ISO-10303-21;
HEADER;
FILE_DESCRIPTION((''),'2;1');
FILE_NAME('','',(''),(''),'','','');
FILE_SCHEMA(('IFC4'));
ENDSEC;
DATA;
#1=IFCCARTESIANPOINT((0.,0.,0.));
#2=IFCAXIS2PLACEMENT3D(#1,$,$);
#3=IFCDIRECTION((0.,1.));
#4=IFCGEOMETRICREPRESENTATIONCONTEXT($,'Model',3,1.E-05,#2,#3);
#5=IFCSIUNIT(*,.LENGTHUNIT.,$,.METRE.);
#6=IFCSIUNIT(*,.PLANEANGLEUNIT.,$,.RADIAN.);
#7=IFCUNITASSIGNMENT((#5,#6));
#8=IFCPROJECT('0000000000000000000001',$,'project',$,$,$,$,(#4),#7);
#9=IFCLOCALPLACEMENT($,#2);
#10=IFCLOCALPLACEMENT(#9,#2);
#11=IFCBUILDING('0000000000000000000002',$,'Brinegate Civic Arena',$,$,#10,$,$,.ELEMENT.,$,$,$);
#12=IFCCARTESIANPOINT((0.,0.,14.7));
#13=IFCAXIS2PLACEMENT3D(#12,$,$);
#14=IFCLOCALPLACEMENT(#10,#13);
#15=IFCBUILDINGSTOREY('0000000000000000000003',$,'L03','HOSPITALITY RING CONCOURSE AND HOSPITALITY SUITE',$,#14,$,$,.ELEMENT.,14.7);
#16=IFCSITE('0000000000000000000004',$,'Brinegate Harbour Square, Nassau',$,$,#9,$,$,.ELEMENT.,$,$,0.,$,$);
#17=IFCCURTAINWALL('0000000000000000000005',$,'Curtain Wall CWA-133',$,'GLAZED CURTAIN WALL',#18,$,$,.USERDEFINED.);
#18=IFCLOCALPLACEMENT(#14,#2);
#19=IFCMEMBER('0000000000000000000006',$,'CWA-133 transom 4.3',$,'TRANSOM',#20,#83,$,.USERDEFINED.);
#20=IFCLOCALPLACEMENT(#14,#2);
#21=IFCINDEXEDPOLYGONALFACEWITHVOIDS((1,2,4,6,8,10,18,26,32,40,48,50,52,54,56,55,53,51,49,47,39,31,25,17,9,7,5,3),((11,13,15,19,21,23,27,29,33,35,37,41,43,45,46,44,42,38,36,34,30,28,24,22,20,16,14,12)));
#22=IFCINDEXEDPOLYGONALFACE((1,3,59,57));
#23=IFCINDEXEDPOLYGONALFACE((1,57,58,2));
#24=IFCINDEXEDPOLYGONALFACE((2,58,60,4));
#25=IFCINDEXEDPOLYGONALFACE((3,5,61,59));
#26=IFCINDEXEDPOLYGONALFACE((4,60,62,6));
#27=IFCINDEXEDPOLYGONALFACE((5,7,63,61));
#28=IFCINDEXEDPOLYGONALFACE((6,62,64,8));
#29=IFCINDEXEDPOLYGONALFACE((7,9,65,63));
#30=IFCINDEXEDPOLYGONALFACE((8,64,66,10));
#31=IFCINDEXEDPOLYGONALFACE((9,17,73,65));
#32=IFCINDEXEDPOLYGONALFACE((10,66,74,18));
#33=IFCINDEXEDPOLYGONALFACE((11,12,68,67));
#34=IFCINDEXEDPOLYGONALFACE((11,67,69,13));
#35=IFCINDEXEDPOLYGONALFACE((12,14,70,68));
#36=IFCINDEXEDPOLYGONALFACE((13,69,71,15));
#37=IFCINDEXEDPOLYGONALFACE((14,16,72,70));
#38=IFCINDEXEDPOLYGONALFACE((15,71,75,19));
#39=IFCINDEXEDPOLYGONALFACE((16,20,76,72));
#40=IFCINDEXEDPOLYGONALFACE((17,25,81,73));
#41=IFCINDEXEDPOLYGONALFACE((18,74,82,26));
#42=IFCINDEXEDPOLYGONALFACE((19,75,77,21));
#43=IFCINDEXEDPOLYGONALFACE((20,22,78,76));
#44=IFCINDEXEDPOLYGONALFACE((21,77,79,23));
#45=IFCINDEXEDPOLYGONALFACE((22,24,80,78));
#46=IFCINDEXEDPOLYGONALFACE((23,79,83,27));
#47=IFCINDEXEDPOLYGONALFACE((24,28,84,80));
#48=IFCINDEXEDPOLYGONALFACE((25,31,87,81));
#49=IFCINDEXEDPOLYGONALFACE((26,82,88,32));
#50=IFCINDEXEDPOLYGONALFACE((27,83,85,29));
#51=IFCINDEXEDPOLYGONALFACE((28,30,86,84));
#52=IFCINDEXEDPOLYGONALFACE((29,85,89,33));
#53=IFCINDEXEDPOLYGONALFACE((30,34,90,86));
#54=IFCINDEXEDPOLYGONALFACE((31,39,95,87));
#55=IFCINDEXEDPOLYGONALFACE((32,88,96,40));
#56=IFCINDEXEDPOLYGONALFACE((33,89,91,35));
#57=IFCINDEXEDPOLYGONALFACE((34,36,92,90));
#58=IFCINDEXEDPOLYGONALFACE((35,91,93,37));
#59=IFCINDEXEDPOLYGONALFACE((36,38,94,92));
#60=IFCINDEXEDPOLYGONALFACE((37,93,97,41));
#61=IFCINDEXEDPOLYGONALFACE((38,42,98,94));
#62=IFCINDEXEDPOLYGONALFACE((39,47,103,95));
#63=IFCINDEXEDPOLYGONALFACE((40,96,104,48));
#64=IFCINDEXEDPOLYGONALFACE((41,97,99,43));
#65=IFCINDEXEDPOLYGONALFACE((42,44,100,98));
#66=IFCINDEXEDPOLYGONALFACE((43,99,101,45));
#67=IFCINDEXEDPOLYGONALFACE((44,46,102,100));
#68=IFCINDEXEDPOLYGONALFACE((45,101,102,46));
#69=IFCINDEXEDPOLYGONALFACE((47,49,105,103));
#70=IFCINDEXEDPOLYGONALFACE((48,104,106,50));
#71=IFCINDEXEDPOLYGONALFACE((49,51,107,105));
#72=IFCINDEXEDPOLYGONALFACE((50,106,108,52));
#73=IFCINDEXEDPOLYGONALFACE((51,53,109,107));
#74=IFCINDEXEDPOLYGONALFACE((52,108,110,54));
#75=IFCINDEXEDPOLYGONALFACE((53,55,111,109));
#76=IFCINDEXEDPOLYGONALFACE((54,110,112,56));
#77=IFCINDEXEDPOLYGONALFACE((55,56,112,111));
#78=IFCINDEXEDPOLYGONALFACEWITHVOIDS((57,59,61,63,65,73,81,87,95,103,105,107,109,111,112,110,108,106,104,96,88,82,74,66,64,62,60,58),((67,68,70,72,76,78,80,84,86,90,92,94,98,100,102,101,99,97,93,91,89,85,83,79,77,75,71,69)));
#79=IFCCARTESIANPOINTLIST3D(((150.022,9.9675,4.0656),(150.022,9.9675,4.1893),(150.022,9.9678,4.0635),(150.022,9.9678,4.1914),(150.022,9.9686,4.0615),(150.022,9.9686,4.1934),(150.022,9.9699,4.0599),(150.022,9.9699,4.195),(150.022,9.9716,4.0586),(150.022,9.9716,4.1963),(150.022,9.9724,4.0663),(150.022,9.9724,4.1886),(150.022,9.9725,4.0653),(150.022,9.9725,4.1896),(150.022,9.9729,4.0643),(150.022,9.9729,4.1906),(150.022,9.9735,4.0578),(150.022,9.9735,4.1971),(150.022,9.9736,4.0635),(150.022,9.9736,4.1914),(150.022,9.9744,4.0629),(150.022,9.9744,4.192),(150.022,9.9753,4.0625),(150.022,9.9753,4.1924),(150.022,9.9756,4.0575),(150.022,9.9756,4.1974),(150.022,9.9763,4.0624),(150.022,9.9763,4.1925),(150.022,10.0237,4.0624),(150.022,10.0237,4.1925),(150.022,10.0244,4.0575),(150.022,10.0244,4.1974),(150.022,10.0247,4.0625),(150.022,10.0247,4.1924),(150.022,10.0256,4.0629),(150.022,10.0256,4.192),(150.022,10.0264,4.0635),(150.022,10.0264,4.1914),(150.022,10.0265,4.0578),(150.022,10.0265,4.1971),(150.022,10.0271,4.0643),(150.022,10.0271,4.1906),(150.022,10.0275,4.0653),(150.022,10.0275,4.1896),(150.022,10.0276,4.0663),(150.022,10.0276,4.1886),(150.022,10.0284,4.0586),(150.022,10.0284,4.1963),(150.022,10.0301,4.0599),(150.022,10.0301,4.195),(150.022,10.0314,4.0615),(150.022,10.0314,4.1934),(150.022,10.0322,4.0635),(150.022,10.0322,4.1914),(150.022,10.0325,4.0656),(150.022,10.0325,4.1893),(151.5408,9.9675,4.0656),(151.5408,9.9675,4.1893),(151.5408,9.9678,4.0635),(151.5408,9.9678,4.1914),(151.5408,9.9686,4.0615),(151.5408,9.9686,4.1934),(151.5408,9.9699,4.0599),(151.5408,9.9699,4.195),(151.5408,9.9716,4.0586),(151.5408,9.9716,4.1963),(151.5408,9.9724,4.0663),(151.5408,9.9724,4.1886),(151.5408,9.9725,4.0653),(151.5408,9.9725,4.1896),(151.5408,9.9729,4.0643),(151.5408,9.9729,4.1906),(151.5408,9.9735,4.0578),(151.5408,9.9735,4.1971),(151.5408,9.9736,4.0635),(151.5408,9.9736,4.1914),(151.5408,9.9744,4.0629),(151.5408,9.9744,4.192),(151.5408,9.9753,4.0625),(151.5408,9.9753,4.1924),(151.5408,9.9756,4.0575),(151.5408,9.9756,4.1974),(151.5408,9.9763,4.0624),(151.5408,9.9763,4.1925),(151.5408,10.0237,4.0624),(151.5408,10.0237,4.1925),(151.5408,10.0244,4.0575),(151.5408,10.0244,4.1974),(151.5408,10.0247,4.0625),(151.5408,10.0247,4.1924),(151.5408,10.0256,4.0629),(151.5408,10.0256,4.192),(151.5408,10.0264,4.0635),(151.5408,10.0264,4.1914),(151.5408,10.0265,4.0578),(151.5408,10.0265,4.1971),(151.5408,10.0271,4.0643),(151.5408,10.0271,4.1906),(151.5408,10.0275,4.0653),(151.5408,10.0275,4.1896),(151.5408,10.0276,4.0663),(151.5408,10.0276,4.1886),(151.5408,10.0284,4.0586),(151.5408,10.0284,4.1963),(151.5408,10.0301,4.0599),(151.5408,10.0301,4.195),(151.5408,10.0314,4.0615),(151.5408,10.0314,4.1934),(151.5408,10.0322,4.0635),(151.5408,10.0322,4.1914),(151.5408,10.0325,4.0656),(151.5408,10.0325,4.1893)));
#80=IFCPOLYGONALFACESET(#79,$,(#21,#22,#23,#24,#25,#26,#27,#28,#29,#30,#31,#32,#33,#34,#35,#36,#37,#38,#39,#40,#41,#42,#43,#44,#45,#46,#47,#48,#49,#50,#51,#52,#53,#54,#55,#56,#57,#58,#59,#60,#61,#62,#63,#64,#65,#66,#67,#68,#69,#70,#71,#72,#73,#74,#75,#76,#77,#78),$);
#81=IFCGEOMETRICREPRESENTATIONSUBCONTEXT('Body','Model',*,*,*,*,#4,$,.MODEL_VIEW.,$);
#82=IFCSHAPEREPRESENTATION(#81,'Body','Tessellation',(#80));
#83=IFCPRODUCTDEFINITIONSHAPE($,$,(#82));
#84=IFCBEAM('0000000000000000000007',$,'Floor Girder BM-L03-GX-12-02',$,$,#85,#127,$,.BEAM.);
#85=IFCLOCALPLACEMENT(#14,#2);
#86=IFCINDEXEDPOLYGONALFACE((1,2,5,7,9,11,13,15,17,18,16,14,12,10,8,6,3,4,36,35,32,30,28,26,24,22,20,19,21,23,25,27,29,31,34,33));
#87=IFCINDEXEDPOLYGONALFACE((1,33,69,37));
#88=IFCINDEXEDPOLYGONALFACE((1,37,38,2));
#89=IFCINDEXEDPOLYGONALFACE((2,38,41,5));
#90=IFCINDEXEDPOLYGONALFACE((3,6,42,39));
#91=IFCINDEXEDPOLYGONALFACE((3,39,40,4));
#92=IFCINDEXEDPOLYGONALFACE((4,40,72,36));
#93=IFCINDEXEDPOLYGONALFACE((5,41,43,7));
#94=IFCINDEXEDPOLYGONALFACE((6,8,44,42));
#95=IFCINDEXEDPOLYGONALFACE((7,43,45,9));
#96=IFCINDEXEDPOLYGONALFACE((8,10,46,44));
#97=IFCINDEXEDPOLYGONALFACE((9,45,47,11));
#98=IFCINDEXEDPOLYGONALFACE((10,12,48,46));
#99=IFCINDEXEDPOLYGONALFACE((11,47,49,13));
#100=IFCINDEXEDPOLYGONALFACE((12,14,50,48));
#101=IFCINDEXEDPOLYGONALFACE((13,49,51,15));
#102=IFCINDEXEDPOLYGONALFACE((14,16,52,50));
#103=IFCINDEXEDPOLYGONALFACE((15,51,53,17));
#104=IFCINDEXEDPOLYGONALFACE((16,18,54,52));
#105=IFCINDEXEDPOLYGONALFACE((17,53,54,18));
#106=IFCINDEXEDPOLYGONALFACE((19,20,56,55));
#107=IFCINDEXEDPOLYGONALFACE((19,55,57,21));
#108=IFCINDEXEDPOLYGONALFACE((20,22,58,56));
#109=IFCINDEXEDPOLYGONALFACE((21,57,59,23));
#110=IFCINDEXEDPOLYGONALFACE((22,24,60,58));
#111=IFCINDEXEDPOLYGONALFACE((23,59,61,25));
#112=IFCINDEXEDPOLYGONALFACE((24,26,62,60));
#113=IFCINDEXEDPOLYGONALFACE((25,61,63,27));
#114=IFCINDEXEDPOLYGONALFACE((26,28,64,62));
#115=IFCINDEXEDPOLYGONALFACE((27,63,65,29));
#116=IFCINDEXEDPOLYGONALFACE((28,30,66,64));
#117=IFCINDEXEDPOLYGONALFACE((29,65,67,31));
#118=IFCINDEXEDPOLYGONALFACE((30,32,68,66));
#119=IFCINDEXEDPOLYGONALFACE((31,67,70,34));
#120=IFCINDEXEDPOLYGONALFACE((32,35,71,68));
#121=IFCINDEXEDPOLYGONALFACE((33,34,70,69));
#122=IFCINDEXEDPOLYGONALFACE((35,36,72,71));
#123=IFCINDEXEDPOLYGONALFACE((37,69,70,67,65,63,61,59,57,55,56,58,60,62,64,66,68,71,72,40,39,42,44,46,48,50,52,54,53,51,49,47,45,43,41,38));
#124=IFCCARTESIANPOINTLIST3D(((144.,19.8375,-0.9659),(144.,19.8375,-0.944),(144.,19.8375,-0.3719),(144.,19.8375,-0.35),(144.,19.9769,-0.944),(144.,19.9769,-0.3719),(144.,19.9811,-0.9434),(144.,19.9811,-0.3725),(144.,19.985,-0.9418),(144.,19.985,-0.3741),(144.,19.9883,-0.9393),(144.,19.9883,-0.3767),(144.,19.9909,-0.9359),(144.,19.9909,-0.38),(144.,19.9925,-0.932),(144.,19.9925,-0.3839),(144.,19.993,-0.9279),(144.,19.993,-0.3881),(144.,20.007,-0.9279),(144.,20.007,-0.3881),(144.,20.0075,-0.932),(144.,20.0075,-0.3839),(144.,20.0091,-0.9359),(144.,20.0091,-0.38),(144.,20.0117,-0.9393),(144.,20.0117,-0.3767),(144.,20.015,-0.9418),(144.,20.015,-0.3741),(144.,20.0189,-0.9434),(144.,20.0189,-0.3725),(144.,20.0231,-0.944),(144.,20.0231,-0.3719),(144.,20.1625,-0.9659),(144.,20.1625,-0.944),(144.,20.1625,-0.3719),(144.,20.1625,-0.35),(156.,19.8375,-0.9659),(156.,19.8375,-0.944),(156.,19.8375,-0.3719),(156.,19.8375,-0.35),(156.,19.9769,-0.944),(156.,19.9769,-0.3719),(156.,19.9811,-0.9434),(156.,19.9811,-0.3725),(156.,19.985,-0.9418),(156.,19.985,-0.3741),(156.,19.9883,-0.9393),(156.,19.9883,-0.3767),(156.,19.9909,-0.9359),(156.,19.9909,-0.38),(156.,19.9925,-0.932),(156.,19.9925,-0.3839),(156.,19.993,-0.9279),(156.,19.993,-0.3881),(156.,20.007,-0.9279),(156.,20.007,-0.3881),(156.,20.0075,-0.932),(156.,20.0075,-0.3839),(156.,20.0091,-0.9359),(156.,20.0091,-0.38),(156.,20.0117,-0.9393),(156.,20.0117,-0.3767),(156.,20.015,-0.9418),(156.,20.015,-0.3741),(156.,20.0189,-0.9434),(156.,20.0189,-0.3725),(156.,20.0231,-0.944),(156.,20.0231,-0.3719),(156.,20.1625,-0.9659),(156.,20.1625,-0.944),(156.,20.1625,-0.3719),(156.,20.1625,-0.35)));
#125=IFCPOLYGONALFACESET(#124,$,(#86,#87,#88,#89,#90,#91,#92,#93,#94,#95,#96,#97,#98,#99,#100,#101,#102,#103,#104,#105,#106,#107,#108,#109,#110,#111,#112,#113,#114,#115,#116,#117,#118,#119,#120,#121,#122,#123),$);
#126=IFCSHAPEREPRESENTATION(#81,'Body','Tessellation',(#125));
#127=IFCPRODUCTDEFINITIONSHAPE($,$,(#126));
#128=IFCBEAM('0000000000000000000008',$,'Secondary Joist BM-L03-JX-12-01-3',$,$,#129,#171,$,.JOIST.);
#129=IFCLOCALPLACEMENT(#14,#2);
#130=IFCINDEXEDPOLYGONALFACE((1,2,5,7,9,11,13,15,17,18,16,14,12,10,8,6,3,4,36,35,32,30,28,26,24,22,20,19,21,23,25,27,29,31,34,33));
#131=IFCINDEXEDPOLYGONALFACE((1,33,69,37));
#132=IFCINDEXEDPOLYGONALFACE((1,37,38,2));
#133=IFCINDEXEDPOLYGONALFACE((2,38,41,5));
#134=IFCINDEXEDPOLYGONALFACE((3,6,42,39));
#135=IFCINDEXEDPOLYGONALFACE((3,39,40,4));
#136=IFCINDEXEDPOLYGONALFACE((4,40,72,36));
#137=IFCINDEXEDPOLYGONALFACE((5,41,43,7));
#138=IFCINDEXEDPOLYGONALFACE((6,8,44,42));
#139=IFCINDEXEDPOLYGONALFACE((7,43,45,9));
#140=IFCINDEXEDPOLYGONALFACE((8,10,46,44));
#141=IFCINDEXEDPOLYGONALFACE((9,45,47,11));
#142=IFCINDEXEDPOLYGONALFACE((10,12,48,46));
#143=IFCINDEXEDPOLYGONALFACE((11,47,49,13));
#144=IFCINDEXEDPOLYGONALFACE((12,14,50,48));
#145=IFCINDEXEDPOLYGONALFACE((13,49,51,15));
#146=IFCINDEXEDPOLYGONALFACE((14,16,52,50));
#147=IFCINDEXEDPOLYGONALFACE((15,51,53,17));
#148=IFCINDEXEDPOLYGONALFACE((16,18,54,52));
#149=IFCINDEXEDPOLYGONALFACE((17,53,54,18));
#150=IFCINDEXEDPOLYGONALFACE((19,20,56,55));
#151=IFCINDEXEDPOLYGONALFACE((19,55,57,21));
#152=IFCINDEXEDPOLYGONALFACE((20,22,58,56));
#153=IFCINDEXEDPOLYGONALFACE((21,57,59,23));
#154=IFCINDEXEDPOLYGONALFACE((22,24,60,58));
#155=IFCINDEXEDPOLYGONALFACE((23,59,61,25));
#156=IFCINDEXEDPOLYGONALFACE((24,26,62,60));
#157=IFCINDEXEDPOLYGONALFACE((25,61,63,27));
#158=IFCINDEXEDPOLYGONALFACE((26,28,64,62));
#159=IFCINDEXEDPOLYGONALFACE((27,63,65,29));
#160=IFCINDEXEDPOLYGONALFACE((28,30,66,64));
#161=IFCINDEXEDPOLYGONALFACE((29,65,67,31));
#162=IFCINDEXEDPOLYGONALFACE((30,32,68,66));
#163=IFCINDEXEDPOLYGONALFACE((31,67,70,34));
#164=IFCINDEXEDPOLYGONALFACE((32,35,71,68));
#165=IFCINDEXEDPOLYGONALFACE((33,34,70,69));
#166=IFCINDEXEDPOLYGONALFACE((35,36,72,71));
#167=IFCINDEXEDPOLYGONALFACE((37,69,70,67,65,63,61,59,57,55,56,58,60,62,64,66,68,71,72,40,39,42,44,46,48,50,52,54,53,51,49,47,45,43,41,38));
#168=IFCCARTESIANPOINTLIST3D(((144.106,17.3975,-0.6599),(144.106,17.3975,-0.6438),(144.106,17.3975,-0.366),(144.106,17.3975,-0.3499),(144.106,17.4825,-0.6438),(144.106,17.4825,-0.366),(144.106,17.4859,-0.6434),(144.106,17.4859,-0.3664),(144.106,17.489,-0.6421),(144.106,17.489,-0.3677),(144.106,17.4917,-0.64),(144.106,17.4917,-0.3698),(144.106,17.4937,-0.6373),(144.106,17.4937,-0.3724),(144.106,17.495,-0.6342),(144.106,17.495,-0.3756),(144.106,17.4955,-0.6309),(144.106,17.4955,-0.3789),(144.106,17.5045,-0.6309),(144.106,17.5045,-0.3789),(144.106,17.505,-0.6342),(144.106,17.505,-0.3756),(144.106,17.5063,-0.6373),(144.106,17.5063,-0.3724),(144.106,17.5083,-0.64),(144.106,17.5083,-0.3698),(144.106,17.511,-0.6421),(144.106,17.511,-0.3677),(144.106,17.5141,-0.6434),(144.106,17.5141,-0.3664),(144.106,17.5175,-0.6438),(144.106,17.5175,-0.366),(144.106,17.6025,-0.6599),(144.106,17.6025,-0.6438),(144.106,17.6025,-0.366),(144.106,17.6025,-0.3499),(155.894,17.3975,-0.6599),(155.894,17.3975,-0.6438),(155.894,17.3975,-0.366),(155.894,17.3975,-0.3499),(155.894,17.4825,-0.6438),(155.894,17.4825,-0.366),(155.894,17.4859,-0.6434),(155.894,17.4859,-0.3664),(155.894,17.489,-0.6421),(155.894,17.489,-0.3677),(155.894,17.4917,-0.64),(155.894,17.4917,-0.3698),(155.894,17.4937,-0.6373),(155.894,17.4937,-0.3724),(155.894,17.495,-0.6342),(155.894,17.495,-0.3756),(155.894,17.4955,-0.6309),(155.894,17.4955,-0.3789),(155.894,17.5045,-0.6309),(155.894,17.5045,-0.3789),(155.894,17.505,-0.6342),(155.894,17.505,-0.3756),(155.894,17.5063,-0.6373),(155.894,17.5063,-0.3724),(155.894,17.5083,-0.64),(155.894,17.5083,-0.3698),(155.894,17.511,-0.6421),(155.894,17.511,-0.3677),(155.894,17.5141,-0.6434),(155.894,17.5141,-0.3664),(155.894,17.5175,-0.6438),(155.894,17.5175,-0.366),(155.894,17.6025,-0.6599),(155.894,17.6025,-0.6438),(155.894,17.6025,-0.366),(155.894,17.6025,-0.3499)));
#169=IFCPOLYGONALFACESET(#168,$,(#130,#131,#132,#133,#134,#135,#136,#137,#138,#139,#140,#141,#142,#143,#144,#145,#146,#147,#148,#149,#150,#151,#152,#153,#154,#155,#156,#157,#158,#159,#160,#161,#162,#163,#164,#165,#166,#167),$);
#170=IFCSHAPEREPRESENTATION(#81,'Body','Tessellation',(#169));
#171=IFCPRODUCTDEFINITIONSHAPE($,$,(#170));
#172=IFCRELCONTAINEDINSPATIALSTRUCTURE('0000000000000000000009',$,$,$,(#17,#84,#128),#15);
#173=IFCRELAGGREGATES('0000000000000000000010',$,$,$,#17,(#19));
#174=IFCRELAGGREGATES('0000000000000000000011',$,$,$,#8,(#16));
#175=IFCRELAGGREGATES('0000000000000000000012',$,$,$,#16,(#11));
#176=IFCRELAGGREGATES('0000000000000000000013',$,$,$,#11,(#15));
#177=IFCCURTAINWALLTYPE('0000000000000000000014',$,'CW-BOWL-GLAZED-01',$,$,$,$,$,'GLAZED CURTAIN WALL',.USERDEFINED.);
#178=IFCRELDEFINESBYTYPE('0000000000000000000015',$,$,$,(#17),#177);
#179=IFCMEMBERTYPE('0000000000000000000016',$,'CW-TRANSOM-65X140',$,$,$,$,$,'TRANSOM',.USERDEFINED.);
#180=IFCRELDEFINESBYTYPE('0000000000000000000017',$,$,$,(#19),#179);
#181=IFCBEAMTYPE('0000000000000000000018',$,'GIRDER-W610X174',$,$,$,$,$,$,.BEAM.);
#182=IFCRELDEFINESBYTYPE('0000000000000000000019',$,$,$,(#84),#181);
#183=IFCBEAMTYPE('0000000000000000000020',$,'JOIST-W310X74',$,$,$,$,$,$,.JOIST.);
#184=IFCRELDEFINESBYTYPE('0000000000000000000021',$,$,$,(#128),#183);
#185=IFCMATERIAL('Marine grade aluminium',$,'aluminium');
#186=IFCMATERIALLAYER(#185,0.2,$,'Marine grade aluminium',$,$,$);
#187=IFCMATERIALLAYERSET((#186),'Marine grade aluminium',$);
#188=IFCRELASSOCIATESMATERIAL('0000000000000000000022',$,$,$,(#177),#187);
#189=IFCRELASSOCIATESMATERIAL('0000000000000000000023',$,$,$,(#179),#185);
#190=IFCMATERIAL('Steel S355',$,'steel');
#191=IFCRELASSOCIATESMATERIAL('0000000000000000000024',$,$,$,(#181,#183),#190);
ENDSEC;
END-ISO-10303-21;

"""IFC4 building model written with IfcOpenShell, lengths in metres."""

from ifc_helpers import new_model, si_unit, direction, frame, origin, origin_2d, place, context, subcontext, project, spatial, hollow_rectangle, i_section, extrude, material, layer, layer_set, material_profile, profile_set, type_object, element, aggregate, save


model = new_model("IFC4")

# Units and contexts
model_context = context("Model", 3, precision=1e-05, world=origin(), true_north=direction((0.0, 1.0)))
body_context = subcontext(model_context, "Body", "Model", "MODEL_VIEW")
ifc_project = project(units=[si_unit("LENGTHUNIT", "METRE"), si_unit("PLANEANGLEUNIT", "RADIAN")], contexts=[model_context])

# Site, building, storey
site_placement = place(None, origin())
site = spatial("IfcSite", under=ifc_project, at=site_placement, Name="Brinegate Harbour Square, Nassau", CompositionType="ELEMENT", RefElevation=0.0)
building_placement = place(site_placement, origin())
building = spatial("IfcBuilding", under=site, at=building_placement, Name="Brinegate Civic Arena", CompositionType="ELEMENT")
storey_placement = place(building_placement, frame((0.0, 0.0, 14.7)))
storey = spatial("IfcBuildingStorey", under=building, at=storey_placement, Name="L03", Description="HOSPITALITY RING CONCOURSE AND HOSPITALITY SUITE", CompositionType="ELEMENT", Elevation=14.7)

# Curtain wall, member
ifc_material_1 = material(Name="Marine grade aluminium", Category="aluminium")
ifc_layer_1 = layer(ifc_material_1, 0.2, Name="Marine grade aluminium")
ifc_layer_set_1 = layer_set([ifc_layer_1], Name="Marine grade aluminium")
curtain_wall_type = type_object("IfcCurtainWallType", Name="CW-BOWL-GLAZED-01", ElementType="GLAZED CURTAIN WALL", PredefinedType="USERDEFINED", material=ifc_layer_set_1)
curtain_wall_placement = place(storey_placement, origin())
curtain_wall = element("IfcCurtainWall", 1, at=curtain_wall_placement, inside=storey, type_object=curtain_wall_type, Name="Curtain Wall CWA-133", ObjectType="GLAZED CURTAIN WALL", PredefinedType="USERDEFINED")
ifc_material_profile_1 = material_profile(ifc_material_1, hollow_rectangle(XDim=0.0649, YDim=0.1399, WallThickness=0.0049, InnerFilletRadius=0.0039, OuterFilletRadius=0.0081, at=origin_2d()), Name="TRN65X140")
ifc_profile_set_1 = profile_set([ifc_material_profile_1], Name="Marine grade aluminium")
member_type = type_object("IfcMemberType", Name="CW-TRANSOM-65X140", ElementType="TRANSOM", PredefinedType="USERDEFINED", material=ifc_profile_set_1)
member_1_placement = place(storey_placement, frame((150.022, 10.0, 4.1274), z_axis=(1.0, 0.0, 0.0), x_axis=(0.0, 1.0, 0.0)))
member_1 = element("IfcMember", 2, at=member_1_placement, type_object=member_type, Name="CWA-133 transom 4.3", ObjectType="TRANSOM", PredefinedType="USERDEFINED", context=body_context, shape_type="SweptSolid", body=[
    extrude(hollow_rectangle(XDim=0.0649, YDim=0.1399, WallThickness=0.0049, InnerFilletRadius=0.0039, OuterFilletRadius=0.0081, at=origin_2d()), origin(), (0.0, 0.0, 1.0), 1.5188),
])
aggregate(curtain_wall, [member_1])

# Beams
ifc_material_2 = material(Name="Steel S355", Category="steel")
ifc_material_profile_2 = material_profile(ifc_material_2, i_section(OverallWidth=0.325, OverallDepth=0.616, WebThickness=0.0139, FlangeThickness=0.022, FilletRadius=0.0161, at=origin_2d()), Name="W610X174")
ifc_profile_set_2 = profile_set([ifc_material_profile_2], Name="Steel S355")
beam_type_1 = type_object("IfcBeamType", Name="GIRDER-W610X174", PredefinedType="BEAM", material=ifc_profile_set_2)
beam_1_placement = place(storey_placement, frame((144.0, 20.0, -0.658), z_axis=(1.0, 0.0, 0.0), x_axis=(0.0, 1.0, 0.0)))
element("IfcBeam", 3, at=beam_1_placement, inside=storey, type_object=beam_type_1, Name="Floor Girder BM-L03-GX-12-02", PredefinedType="BEAM", context=body_context, shape_type="SweptSolid", body=[
    extrude(i_section(OverallWidth=0.325, OverallDepth=0.616, WebThickness=0.0139, FlangeThickness=0.022, FilletRadius=0.0161, at=origin_2d()), origin(), (0.0, 0.0, 1.0), 12.0),
])
ifc_material_profile_3 = material_profile(ifc_material_2, i_section(OverallWidth=0.2051, OverallDepth=0.3101, WebThickness=0.009, FlangeThickness=0.0161, FilletRadius=0.0129, at=origin_2d()), Name="W310X74")
ifc_profile_set_3 = profile_set([ifc_material_profile_3], Name="Steel S355")
beam_type_2 = type_object("IfcBeamType", Name="JOIST-W310X74", PredefinedType="JOIST", material=ifc_profile_set_3)
beam_2_placement = place(storey_placement, frame((144.106, 17.5, -0.5049), z_axis=(1.0, 0.0, 0.0), x_axis=(0.0, 1.0, 0.0)))
element("IfcBeam", 4, at=beam_2_placement, inside=storey, type_object=beam_type_2, Name="Secondary Joist BM-L03-JX-12-01-3", PredefinedType="JOIST", context=body_context, shape_type="SweptSolid", body=[
    extrude(i_section(OverallWidth=0.2051, OverallDepth=0.3101, WebThickness=0.009, FlangeThickness=0.0161, FilletRadius=0.0129, at=origin_2d()), origin(), (0.0, 0.0, 1.0), 11.7881),
])

save(model, "model.ifc")
